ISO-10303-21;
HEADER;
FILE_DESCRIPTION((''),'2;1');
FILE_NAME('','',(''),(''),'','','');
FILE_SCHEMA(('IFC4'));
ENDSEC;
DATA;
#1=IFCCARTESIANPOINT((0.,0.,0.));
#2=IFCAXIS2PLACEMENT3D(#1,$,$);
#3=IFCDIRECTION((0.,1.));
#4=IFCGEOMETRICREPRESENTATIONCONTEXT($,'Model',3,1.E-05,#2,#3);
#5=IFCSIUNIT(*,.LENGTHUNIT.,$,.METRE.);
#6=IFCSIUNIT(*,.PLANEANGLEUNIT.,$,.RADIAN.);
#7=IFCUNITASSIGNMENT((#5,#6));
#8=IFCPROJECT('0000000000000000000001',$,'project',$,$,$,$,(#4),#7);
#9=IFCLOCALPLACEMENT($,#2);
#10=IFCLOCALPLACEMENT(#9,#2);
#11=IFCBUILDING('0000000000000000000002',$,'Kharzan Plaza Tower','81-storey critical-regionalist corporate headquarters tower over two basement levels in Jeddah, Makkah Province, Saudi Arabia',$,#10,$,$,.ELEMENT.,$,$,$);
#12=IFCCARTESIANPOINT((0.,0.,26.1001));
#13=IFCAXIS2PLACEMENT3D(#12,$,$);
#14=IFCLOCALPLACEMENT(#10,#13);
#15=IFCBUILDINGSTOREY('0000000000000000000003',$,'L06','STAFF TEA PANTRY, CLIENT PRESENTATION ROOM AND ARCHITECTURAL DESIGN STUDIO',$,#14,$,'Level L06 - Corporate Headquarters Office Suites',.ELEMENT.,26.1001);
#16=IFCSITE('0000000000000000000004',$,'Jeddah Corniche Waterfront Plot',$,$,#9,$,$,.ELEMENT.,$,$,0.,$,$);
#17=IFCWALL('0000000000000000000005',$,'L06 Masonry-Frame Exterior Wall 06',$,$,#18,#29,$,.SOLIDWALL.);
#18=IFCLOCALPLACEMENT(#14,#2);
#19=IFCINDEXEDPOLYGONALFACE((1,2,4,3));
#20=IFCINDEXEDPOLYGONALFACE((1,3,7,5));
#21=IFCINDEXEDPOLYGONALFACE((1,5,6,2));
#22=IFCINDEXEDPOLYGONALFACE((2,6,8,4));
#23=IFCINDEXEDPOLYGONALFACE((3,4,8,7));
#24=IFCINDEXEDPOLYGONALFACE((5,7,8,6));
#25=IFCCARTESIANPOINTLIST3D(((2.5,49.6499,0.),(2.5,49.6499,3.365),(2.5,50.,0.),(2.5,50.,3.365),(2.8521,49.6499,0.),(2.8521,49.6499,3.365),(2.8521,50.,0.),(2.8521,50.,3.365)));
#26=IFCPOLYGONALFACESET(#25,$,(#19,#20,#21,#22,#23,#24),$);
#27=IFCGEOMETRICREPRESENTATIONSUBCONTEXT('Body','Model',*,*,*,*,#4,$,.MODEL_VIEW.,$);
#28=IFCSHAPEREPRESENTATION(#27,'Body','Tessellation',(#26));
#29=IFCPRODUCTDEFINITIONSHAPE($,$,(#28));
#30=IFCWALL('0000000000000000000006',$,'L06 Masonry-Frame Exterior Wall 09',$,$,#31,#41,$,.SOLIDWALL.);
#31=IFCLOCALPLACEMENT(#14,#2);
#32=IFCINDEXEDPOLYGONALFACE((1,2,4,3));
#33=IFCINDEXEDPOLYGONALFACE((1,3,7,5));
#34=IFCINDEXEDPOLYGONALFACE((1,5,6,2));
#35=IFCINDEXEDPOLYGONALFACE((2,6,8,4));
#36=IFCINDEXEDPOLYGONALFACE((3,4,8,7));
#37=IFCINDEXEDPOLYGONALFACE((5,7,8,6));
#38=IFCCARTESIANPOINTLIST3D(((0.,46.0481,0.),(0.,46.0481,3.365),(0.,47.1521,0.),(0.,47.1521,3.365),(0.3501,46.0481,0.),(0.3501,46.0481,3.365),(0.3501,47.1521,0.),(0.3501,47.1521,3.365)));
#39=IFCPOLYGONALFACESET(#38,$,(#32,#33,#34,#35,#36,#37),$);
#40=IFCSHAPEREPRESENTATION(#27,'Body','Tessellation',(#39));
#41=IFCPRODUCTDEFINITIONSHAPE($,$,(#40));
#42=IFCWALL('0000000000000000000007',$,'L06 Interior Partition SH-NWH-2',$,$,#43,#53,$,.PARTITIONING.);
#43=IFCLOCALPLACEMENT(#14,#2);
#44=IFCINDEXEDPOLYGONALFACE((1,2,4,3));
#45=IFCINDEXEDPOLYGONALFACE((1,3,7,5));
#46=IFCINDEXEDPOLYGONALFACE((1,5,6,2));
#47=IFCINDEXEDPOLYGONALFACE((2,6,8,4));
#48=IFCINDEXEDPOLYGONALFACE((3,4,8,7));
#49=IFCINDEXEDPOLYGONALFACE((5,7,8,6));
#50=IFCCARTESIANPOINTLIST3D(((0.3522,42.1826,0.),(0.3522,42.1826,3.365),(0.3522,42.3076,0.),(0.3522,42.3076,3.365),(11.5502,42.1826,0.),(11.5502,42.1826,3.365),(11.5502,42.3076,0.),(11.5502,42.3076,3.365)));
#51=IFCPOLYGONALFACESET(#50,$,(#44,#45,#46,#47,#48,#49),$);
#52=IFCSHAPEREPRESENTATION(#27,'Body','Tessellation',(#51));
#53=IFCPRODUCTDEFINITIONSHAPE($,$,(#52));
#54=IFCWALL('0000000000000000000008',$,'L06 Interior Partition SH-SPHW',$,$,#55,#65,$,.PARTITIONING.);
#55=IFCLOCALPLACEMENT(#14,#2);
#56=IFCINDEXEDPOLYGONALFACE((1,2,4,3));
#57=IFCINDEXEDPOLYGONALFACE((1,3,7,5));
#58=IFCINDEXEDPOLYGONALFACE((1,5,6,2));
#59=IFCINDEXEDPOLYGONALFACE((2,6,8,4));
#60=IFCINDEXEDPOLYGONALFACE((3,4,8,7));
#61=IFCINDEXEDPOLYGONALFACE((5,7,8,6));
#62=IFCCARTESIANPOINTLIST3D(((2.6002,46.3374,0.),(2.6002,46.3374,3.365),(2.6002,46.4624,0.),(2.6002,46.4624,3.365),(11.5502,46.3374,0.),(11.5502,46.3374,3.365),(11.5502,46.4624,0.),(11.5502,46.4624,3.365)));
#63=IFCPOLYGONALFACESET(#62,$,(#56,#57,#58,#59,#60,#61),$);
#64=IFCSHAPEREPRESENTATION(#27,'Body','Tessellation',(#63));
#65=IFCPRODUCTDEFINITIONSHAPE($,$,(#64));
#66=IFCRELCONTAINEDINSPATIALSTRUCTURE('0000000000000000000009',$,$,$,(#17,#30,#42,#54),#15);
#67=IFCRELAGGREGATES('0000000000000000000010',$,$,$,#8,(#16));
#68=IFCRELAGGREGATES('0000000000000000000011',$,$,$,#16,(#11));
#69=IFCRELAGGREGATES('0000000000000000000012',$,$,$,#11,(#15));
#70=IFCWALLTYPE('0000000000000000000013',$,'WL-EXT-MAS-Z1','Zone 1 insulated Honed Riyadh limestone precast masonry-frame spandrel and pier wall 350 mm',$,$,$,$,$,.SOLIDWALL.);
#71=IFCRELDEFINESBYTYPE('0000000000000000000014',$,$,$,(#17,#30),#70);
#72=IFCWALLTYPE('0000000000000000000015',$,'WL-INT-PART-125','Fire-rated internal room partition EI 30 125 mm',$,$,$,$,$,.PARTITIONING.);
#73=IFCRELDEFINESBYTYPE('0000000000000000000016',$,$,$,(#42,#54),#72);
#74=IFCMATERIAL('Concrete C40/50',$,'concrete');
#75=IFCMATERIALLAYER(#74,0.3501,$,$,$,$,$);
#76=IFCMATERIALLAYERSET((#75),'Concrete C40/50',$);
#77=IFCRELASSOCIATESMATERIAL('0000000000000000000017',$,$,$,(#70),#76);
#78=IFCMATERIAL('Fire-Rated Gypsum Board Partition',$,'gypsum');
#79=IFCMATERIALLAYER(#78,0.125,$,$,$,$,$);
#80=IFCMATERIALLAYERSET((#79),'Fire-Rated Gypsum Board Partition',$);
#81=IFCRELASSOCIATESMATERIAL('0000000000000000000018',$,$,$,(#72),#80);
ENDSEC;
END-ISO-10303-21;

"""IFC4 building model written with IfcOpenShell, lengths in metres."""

from ifc_helpers import new_model, si_unit, direction, frame, frame_2d, origin, place, context, subcontext, project, spatial, rectangle, extrude, source, transform, mapped, material, layer, layer_set, type_object, element, save


model = new_model("IFC4")

# Units and contexts
model_context = context("Model", 3, precision=1e-05, world=origin(), true_north=direction((0.0, 1.0)))
body_context = subcontext(model_context, "Body", "Model", "MODEL_VIEW")
ifc_project = project(units=[si_unit("LENGTHUNIT", "METRE"), si_unit("PLANEANGLEUNIT", "RADIAN")], contexts=[model_context])

# Site, building, storey
site_placement = place(None, origin())
site = spatial("IfcSite", under=ifc_project, at=site_placement, Name="Jeddah Corniche Waterfront Plot", CompositionType="ELEMENT", RefElevation=0.0)
building_placement = place(site_placement, origin())
building = spatial("IfcBuilding", under=site, at=building_placement, Name="Kharzan Plaza Tower", Description="81-storey critical-regionalist corporate headquarters tower over two basement levels in Jeddah, Makkah Province, Saudi Arabia", CompositionType="ELEMENT")
storey_placement = place(building_placement, frame((0.0, 0.0, 26.1001)))
storey = spatial("IfcBuildingStorey", under=building, at=storey_placement, Name="L06", Description="STAFF TEA PANTRY, CLIENT PRESENTATION ROOM AND ARCHITECTURAL DESIGN STUDIO", LongName="Level L06 - Corporate Headquarters Office Suites", CompositionType="ELEMENT", Elevation=26.1001)

# Shared definitions
ifc_material_1 = material(Name="Concrete C40/50", Category="concrete")
ifc_layer_1 = layer(ifc_material_1, 0.3501)
ifc_layer_set_1 = layer_set([ifc_layer_1], Name="Concrete C40/50")
wall_type_1 = type_object("IfcWallType", Name="WL-EXT-MAS-Z1", Description="Zone 1 insulated Honed Riyadh limestone precast masonry-frame spandrel and pier wall 350 mm", PredefinedType="SOLIDWALL", material=ifc_layer_set_1)

# Walls
shared_shape_1 = source(origin(), body_context, "Body", "SweptSolid", [
    extrude(rectangle(XDim=0.3521, YDim=0.3501, at=frame_2d((0.176, 0.0))), origin(), (0.0, 0.0, 1.0), 3.365),
])
wall_1_placement = place(storey_placement, frame((2.8521, 49.825, 0.0), z_axis=(0.0, 0.0, 1.0), x_axis=(-1.0, 0.0, 0.0)))
element("IfcWall", 1, at=wall_1_placement, inside=storey, type_object=wall_type_1, Name="L06 Masonry-Frame Exterior Wall 06", PredefinedType="SOLIDWALL", context=body_context, shape_type="MappedRepresentation", body=[
    mapped(shared_shape_1, transform((0.0, 0.0, 0.0), x_axis=(1.0, 0.0, 0.0), y_axis=(0.0, 1.0, 0.0), z_axis=(0.0, 0.0, 1.0))),
])
shared_shape_2 = source(origin(), body_context, "Body", "SweptSolid", [
    extrude(rectangle(XDim=1.104, YDim=0.3501, at=frame_2d((0.552, 0.0))), origin(), (0.0, 0.0, 1.0), 3.365),
])
wall_2_placement = place(storey_placement, frame((0.175, 47.1521, 0.0), z_axis=(0.0, 0.0, 1.0), x_axis=(0.0, -1.0, 0.0)))
element("IfcWall", 2, at=wall_2_placement, inside=storey, type_object=wall_type_1, Name="L06 Masonry-Frame Exterior Wall 09", PredefinedType="SOLIDWALL", context=body_context, shape_type="MappedRepresentation", body=[
    mapped(shared_shape_2, transform((0.0, 0.0, 0.0), x_axis=(1.0, 0.0, 0.0), y_axis=(0.0, 1.0, 0.0), z_axis=(0.0, 0.0, 1.0))),
])
ifc_material_2 = material(Name="Fire-Rated Gypsum Board Partition", Category="gypsum")
ifc_layer_2 = layer(ifc_material_2, 0.125)
ifc_layer_set_2 = layer_set([ifc_layer_2], Name="Fire-Rated Gypsum Board Partition")
wall_type_2 = type_object("IfcWallType", Name="WL-INT-PART-125", Description="Fire-rated internal room partition EI 30 125 mm", PredefinedType="PARTITIONING", material=ifc_layer_set_2)
shared_shape_3 = source(origin(), body_context, "Body", "SweptSolid", [
    extrude(rectangle(XDim=11.198, YDim=0.125, at=frame_2d((5.5991, 0.0))), origin(), (0.0, 0.0, 1.0), 3.365),
])
wall_3_placement = place(storey_placement, frame((0.3521, 42.2451, 0.0), z_axis=(0.0, 0.0, 1.0), x_axis=(1.0, 0.0, 0.0)))
element("IfcWall", 3, at=wall_3_placement, inside=storey, type_object=wall_type_2, Name="L06 Interior Partition SH-NWH-2", PredefinedType="PARTITIONING", context=body_context, shape_type="MappedRepresentation", body=[
    mapped(shared_shape_3, transform((0.0, 0.0, 0.0), x_axis=(1.0, 0.0, 0.0), y_axis=(0.0, 1.0, 0.0), z_axis=(0.0, 0.0, 1.0))),
])
shared_shape_4 = source(origin(), body_context, "Body", "SweptSolid", [
    extrude(rectangle(XDim=8.95, YDim=0.125, at=frame_2d((4.4751, 0.0))), origin(), (0.0, 0.0, 1.0), 3.365),
])
wall_4_placement = place(storey_placement, frame((2.6001, 46.3999, 0.0), z_axis=(0.0, 0.0, 1.0), x_axis=(1.0, 0.0, 0.0)))
element("IfcWall", 4, at=wall_4_placement, inside=storey, type_object=wall_type_2, Name="L06 Interior Partition SH-SPHW", PredefinedType="PARTITIONING", context=body_context, shape_type="MappedRepresentation", body=[
    mapped(shared_shape_4, transform((0.0, 0.0, 0.0), x_axis=(1.0, 0.0, 0.0), y_axis=(0.0, 1.0, 0.0), z_axis=(0.0, 0.0, 1.0))),
])

save(model, "model.ifc")
